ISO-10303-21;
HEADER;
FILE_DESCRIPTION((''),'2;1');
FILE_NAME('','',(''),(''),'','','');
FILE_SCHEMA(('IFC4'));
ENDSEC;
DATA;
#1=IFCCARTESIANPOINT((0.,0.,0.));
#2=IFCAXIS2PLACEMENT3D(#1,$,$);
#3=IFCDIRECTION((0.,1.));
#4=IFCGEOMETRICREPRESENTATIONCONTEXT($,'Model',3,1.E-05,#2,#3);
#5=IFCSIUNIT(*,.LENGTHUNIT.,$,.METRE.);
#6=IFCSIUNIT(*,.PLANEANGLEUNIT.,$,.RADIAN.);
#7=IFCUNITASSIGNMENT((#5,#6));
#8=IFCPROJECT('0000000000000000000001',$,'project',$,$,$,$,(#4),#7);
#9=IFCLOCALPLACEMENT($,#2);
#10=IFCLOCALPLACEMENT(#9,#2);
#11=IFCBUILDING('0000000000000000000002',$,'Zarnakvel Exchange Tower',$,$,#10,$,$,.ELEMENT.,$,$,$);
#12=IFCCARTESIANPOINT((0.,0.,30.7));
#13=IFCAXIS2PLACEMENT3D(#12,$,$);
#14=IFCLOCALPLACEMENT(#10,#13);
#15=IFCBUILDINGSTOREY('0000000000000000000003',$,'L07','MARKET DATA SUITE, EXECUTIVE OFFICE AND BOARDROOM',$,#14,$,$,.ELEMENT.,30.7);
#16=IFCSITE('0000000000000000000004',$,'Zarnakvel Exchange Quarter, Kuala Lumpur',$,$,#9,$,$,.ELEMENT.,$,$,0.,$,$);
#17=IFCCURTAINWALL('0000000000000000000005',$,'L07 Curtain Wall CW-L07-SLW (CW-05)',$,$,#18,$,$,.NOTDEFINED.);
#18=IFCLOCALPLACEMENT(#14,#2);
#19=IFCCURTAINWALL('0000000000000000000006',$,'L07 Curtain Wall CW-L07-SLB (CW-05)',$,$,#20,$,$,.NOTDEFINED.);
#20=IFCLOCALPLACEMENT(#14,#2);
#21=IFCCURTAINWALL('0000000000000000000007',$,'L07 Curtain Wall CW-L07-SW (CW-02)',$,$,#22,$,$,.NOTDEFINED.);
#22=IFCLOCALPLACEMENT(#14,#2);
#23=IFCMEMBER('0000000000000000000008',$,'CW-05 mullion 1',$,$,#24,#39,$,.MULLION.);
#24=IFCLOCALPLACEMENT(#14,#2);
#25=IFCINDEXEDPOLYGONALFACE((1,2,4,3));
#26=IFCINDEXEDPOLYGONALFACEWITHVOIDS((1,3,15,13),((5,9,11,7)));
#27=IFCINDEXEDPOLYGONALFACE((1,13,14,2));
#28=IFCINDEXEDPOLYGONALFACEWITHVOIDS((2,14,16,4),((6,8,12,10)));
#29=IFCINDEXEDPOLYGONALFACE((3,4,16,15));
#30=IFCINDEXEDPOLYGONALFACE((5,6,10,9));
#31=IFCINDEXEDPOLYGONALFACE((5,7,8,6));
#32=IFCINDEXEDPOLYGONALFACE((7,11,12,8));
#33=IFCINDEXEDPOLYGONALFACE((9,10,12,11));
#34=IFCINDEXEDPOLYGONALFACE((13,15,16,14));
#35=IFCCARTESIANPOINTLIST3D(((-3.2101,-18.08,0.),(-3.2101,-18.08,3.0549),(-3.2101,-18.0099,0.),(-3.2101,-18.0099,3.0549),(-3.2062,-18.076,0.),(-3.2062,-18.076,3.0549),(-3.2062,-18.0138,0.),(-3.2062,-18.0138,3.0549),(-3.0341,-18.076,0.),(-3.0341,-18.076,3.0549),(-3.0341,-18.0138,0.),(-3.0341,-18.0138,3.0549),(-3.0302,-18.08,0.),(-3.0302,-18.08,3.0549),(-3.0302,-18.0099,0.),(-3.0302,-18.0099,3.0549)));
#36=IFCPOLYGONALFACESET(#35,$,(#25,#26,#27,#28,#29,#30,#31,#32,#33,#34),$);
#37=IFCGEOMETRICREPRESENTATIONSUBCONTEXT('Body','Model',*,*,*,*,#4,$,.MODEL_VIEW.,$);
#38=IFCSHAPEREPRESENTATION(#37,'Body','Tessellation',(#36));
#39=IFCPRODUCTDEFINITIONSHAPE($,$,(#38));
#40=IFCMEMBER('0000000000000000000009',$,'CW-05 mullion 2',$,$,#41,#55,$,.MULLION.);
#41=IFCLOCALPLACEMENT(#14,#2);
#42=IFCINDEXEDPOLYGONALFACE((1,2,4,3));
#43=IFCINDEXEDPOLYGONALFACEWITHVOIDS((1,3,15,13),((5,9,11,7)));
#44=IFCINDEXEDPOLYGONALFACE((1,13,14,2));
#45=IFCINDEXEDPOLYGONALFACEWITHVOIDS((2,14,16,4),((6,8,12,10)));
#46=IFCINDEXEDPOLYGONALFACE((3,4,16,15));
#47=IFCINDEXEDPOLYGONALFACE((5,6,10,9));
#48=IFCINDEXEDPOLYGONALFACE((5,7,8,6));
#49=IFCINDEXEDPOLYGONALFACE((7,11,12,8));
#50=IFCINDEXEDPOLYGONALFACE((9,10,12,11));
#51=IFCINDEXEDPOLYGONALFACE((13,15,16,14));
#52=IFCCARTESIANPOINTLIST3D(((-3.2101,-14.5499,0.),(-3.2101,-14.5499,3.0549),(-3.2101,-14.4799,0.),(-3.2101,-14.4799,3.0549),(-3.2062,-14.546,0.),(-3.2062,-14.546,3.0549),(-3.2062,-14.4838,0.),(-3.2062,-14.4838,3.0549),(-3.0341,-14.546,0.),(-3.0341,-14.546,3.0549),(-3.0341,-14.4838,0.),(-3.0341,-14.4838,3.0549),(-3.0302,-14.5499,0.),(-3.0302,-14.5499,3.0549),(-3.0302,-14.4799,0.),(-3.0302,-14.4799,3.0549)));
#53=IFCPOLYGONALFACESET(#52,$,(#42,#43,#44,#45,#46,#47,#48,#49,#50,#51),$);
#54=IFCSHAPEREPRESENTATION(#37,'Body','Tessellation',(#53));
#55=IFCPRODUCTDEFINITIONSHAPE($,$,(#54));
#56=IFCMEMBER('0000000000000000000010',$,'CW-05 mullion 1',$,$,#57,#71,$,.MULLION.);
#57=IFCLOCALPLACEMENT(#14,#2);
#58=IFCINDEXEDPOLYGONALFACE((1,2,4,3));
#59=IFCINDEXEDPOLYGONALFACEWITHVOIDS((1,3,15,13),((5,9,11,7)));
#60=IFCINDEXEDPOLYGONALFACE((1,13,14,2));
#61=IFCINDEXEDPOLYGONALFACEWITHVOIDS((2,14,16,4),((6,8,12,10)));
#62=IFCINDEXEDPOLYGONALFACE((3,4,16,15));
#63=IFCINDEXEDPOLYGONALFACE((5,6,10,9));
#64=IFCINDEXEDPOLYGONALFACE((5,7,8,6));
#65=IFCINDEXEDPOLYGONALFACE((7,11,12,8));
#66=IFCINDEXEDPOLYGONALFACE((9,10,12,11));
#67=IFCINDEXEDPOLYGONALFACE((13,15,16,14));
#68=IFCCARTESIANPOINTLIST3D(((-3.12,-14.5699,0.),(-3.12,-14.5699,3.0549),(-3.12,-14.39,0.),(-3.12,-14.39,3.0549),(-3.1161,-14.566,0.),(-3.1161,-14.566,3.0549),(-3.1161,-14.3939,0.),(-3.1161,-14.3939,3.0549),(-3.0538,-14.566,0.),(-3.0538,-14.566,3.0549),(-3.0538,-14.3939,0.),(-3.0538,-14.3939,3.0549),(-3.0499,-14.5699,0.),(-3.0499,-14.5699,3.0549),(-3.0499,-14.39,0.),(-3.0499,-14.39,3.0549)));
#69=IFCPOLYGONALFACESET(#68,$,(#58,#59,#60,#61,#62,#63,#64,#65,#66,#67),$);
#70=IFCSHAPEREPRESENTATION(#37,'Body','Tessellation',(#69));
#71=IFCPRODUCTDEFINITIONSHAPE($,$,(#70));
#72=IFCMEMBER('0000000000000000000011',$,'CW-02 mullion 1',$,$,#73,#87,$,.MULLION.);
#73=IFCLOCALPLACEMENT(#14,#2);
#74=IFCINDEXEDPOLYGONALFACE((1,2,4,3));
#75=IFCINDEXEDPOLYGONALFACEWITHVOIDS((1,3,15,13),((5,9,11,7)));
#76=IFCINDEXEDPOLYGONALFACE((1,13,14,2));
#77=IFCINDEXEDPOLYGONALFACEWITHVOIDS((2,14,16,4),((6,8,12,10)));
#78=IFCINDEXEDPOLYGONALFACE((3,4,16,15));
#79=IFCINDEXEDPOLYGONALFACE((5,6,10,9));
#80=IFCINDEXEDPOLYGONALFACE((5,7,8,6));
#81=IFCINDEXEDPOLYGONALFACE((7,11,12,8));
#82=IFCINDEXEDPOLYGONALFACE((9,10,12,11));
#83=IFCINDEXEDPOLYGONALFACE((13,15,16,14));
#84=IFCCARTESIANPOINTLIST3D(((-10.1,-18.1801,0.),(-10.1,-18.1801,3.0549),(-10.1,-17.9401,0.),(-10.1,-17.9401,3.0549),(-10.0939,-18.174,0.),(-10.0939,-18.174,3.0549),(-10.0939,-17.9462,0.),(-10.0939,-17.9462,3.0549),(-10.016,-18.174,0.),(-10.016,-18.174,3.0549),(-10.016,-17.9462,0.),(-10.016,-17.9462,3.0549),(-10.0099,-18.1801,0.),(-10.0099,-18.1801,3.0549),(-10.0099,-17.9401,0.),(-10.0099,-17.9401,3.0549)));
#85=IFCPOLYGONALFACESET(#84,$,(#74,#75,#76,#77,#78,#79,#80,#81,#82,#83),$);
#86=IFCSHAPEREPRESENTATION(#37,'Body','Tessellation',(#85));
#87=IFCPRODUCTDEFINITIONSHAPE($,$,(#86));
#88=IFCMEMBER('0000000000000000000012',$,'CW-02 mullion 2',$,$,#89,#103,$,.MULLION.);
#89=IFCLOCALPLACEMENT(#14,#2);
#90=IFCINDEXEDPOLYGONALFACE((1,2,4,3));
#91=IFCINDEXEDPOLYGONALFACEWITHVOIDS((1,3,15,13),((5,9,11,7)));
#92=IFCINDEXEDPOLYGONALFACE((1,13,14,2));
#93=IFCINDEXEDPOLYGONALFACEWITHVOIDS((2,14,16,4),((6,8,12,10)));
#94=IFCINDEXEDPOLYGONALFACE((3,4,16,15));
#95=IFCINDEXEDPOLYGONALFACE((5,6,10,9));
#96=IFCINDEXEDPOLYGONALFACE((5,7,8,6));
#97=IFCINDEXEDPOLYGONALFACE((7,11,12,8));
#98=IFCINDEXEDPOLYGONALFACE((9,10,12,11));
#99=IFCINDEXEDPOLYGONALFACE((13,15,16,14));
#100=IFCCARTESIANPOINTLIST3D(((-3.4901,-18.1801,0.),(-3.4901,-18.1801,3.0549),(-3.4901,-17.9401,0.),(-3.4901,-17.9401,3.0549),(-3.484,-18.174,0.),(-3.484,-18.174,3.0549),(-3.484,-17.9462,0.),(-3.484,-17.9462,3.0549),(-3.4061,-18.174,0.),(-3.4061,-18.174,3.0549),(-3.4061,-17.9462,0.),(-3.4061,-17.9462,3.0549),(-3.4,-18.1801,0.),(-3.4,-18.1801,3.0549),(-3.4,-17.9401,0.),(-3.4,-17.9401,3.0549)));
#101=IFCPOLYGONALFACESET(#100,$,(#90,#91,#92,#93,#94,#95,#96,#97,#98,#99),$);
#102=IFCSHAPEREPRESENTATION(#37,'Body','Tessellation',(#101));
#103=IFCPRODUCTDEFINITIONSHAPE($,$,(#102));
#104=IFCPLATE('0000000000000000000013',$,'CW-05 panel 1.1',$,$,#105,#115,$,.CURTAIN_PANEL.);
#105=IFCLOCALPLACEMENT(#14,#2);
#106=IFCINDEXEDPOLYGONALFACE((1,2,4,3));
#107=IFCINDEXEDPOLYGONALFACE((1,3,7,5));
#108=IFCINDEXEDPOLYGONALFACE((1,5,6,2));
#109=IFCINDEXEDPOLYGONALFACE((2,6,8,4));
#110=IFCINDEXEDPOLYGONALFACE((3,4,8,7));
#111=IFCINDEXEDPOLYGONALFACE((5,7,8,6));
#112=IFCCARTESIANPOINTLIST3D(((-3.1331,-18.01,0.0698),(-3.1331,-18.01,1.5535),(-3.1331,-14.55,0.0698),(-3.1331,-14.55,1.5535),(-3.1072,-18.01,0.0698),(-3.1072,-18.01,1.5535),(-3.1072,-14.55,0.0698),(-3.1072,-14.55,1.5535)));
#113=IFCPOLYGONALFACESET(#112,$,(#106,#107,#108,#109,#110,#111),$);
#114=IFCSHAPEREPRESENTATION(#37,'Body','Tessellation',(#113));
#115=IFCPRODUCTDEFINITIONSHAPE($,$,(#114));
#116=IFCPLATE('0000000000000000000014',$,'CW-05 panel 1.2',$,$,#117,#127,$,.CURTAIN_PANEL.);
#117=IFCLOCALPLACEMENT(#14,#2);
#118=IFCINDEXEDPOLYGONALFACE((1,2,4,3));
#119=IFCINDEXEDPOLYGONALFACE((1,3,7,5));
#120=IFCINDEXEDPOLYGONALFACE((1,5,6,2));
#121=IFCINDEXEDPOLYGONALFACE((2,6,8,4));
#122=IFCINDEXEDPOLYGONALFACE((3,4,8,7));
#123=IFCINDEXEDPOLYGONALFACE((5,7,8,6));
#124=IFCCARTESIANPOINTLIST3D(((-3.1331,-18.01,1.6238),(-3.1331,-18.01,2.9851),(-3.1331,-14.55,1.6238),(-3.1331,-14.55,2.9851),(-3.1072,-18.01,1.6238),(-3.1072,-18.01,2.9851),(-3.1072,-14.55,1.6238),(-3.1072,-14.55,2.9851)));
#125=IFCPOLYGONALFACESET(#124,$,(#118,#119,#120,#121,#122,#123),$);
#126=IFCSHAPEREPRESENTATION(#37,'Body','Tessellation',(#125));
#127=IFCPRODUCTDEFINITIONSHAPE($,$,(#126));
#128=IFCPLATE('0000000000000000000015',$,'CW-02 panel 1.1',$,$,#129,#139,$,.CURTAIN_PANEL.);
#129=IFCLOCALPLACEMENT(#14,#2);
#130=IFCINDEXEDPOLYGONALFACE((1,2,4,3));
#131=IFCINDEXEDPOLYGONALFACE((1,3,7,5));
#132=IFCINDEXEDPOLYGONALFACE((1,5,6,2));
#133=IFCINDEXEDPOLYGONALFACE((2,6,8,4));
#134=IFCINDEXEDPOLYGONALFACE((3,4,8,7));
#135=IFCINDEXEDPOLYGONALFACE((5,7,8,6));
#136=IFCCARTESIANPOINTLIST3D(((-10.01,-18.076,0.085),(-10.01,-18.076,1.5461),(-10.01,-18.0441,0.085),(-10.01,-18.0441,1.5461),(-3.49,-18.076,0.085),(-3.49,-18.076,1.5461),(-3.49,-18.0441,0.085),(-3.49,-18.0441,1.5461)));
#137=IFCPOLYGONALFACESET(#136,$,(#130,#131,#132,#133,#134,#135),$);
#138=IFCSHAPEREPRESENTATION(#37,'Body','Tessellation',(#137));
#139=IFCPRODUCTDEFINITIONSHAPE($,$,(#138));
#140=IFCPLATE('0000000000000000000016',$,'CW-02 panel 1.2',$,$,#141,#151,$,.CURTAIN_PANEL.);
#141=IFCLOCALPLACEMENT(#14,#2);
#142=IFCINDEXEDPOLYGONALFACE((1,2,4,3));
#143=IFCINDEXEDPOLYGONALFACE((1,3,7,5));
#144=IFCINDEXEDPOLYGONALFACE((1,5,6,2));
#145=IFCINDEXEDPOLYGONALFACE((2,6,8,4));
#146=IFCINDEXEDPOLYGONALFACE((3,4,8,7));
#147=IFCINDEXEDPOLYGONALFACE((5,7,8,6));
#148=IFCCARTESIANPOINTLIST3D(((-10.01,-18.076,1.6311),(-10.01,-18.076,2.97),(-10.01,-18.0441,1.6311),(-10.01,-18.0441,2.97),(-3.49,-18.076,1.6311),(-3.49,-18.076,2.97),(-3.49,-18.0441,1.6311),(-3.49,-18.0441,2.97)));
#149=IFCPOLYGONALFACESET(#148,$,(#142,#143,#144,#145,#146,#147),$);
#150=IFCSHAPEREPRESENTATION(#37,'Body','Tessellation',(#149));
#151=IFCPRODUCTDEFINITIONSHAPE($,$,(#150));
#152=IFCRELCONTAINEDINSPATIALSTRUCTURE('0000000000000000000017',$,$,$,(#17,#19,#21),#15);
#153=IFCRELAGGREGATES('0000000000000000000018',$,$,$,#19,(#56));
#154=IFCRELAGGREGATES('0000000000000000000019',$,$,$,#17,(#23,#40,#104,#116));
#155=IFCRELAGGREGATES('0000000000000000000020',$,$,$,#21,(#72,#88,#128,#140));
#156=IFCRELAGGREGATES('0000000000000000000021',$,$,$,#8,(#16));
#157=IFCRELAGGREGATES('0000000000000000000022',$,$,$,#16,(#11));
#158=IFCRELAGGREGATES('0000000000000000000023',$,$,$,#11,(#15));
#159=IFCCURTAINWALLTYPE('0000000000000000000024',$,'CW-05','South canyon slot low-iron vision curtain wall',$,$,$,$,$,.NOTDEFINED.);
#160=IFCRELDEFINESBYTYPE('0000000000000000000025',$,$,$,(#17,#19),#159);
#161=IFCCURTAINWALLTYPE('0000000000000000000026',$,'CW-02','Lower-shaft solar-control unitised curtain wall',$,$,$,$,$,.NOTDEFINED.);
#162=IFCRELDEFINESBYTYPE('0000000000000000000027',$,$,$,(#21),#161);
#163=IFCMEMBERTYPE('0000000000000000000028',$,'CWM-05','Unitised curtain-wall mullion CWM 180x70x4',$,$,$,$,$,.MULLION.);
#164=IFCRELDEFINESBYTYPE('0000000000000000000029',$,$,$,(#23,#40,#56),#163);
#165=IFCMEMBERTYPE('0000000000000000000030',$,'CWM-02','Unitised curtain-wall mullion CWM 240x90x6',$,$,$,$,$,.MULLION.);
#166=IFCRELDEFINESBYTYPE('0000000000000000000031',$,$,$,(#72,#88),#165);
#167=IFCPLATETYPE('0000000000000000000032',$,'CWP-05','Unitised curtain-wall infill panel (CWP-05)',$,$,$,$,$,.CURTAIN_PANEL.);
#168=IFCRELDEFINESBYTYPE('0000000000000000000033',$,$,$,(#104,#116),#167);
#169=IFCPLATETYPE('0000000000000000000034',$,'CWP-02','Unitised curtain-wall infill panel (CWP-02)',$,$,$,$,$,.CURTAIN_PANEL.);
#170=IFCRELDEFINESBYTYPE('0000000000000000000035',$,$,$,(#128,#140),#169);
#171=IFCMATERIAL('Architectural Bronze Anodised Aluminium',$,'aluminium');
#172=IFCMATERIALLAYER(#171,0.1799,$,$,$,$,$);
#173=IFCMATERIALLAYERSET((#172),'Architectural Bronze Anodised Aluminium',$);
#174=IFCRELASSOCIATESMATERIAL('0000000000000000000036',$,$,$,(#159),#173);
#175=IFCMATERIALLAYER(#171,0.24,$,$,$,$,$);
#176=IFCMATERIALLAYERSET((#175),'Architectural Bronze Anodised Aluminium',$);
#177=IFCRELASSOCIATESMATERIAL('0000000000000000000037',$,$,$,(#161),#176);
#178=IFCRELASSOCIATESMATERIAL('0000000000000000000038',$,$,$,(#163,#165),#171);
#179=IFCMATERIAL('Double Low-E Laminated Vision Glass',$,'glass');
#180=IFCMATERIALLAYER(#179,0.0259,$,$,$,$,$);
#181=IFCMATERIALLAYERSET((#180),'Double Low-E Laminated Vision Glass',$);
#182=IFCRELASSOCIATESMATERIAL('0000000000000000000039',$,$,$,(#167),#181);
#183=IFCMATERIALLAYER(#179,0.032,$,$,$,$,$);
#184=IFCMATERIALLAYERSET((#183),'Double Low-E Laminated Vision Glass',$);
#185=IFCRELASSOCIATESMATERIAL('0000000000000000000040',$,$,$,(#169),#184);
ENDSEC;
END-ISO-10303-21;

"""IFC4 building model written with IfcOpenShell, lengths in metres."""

from ifc_helpers import new_model, si_unit, direction, frame, origin, origin_2d, place, context, subcontext, project, spatial, rectangle, hollow_rectangle, extrude, source, transform, mapped, material, layer, layer_set, material_profile, profile_set, type_object, element, aggregate, save


model = new_model("IFC4")

# Units and contexts
model_context = context("Model", 3, precision=1e-05, world=origin(), true_north=direction((0.0, 1.0)))
body_context = subcontext(model_context, "Body", "Model", "MODEL_VIEW")
ifc_project = project(units=[si_unit("LENGTHUNIT", "METRE"), si_unit("PLANEANGLEUNIT", "RADIAN")], contexts=[model_context])

# Site, building, storey
site_placement = place(None, origin())
site = spatial("IfcSite", under=ifc_project, at=site_placement, Name="Zarnakvel Exchange Quarter, Kuala Lumpur", CompositionType="ELEMENT", RefElevation=0.0)
building_placement = place(site_placement, origin())
building = spatial("IfcBuilding", under=site, at=building_placement, Name="Zarnakvel Exchange Tower", CompositionType="ELEMENT")
storey_placement = place(building_placement, frame((0.0, 0.0, 30.7)))
storey = spatial("IfcBuildingStorey", under=building, at=storey_placement, Name="L07", Description="MARKET DATA SUITE, EXECUTIVE OFFICE AND BOARDROOM", CompositionType="ELEMENT", Elevation=30.7)

# Curtain wall
ifc_material_1 = material(Name="Architectural Bronze Anodised Aluminium", Category="aluminium")
ifc_layer_1 = layer(ifc_material_1, 0.1799)
ifc_layer_set_1 = layer_set([ifc_layer_1], Name="Architectural Bronze Anodised Aluminium")
curtain_wall_type_1 = type_object("IfcCurtainWallType", Name="CW-05", Description="South canyon slot low-iron vision curtain wall", PredefinedType="NOTDEFINED", material=ifc_layer_set_1)
curtain_wall_1_placement = place(storey_placement, origin())
curtain_wall_1 = element("IfcCurtainWall", 1, at=curtain_wall_1_placement, inside=storey, type_object=curtain_wall_type_1, Name="L07 Curtain Wall CW-L07-SLW (CW-05)", PredefinedType="NOTDEFINED")

# Curtain wall
curtain_wall_2_placement = place(storey_placement, origin())
curtain_wall_2 = element("IfcCurtainWall", 2, at=curtain_wall_2_placement, inside=storey, type_object=curtain_wall_type_1, Name="L07 Curtain Wall CW-L07-SLB (CW-05)", PredefinedType="NOTDEFINED")

# Curtain wall
ifc_layer_2 = layer(ifc_material_1, 0.24)
ifc_layer_set_2 = layer_set([ifc_layer_2], Name="Architectural Bronze Anodised Aluminium")
curtain_wall_type_2 = type_object("IfcCurtainWallType", Name="CW-02", Description="Lower-shaft solar-control unitised curtain wall", PredefinedType="NOTDEFINED", material=ifc_layer_set_2)
curtain_wall_3_placement = place(storey_placement, origin())
curtain_wall_3 = element("IfcCurtainWall", 3, at=curtain_wall_3_placement, inside=storey, type_object=curtain_wall_type_2, Name="L07 Curtain Wall CW-L07-SW (CW-02)", PredefinedType="NOTDEFINED")

# Members
ifc_material_profile_1 = material_profile(ifc_material_1, hollow_rectangle(XDim=0.1799, YDim=0.0701, WallThickness=0.0039, at=origin_2d()))
ifc_profile_set_1 = profile_set([ifc_material_profile_1], Name="Architectural Bronze Anodised Aluminium")
member_type_1 = type_object("IfcMemberType", Name="CWM-05", Description="Unitised curtain-wall mullion CWM 180x70x4", PredefinedType="MULLION", material=ifc_profile_set_1)
shared_shape_1 = source(origin(), body_context, "Body", "SweptSolid", [
    extrude(hollow_rectangle(XDim=0.1799, YDim=0.0701, WallThickness=0.0039, at=origin_2d()), origin(), (0.0, 0.0, 1.0), 3.0549),
])
member_1_placement = place(storey_placement, frame((-3.1201, -18.0449, 0.0), z_axis=(0.0, 0.0, 1.0), x_axis=(-1.0, 0.0, 0.0)))
member_1 = element("IfcMember", 4, at=member_1_placement, type_object=member_type_1, Name="CW-05 mullion 1", PredefinedType="MULLION", context=body_context, shape_type="MappedRepresentation", body=[
    mapped(shared_shape_1, transform((0.0, 0.0, 0.0), x_axis=(1.0, 0.0, 0.0), y_axis=(0.0, 1.0, 0.0), z_axis=(0.0, 0.0, 1.0), scale=1.0)),
])
member_2_placement = place(storey_placement, frame((-3.1201, -14.5149, 0.0), z_axis=(0.0, 0.0, 1.0), x_axis=(-1.0, 0.0, 0.0)))
member_2 = element("IfcMember", 5, at=member_2_placement, type_object=member_type_1, Name="CW-05 mullion 2", PredefinedType="MULLION", context=body_context, shape_type="MappedRepresentation", body=[
    mapped(shared_shape_1, transform((0.0, 0.0, 0.0), x_axis=(1.0, 0.0, 0.0), y_axis=(0.0, 1.0, 0.0), z_axis=(0.0, 0.0, 1.0), scale=1.0)),
])
member_3_placement = place(storey_placement, frame((-3.085, -14.48, 0.0), z_axis=(0.0, 0.0, 1.0), x_axis=(0.0, 1.0, 0.0)))
member_3 = element("IfcMember", 6, at=member_3_placement, type_object=member_type_1, Name="CW-05 mullion 1", PredefinedType="MULLION", context=body_context, shape_type="MappedRepresentation", body=[
    mapped(shared_shape_1, transform((0.0, 0.0, 0.0), x_axis=(1.0, 0.0, 0.0), y_axis=(0.0, 1.0, 0.0), z_axis=(0.0, 0.0, 1.0), scale=1.0)),
])
aggregate(curtain_wall_2, [member_3])
ifc_material_profile_2 = material_profile(ifc_material_1, hollow_rectangle(XDim=0.24, YDim=0.0901, WallThickness=0.0061, at=origin_2d()))
ifc_profile_set_2 = profile_set([ifc_material_profile_2], Name="Architectural Bronze Anodised Aluminium")
member_type_2 = type_object("IfcMemberType", Name="CWM-02", Description="Unitised curtain-wall mullion CWM 240x90x6", PredefinedType="MULLION", material=ifc_profile_set_2)
shared_shape_2 = source(origin(), body_context, "Body", "SweptSolid", [
    extrude(hollow_rectangle(XDim=0.24, YDim=0.0901, WallThickness=0.0061, at=origin_2d()), origin(), (0.0, 0.0, 1.0), 3.0549),
])
member_4_placement = place(storey_placement, frame((-10.0549, -18.0601, 0.0), z_axis=(0.0, 0.0, 1.0), x_axis=(0.0, 1.0, 0.0)))
member_4 = element("IfcMember", 7, at=member_4_placement, type_object=member_type_2, Name="CW-02 mullion 1", PredefinedType="MULLION", context=body_context, shape_type="MappedRepresentation", body=[
    mapped(shared_shape_2, transform((0.0, 0.0, 0.0), x_axis=(1.0, 0.0, 0.0), y_axis=(0.0, 1.0, 0.0), z_axis=(0.0, 0.0, 1.0), scale=1.0)),
])
member_5_placement = place(storey_placement, frame((-3.4451, -18.0601, 0.0), z_axis=(0.0, 0.0, 1.0), x_axis=(0.0, 1.0, 0.0)))
member_5 = element("IfcMember", 8, at=member_5_placement, type_object=member_type_2, Name="CW-02 mullion 2", PredefinedType="MULLION", context=body_context, shape_type="MappedRepresentation", body=[
    mapped(shared_shape_2, transform((0.0, 0.0, 0.0), x_axis=(1.0, 0.0, 0.0), y_axis=(0.0, 1.0, 0.0), z_axis=(0.0, 0.0, 1.0), scale=1.0)),
])

# Plates
ifc_material_2 = material(Name="Double Low-E Laminated Vision Glass", Category="glass")
ifc_layer_3 = layer(ifc_material_2, 0.0259)
ifc_layer_set_3 = layer_set([ifc_layer_3], Name="Double Low-E Laminated Vision Glass")
plate_type_1 = type_object("IfcPlateType", Name="CWP-05", Description="Unitised curtain-wall infill panel (CWP-05)", PredefinedType="CURTAIN_PANEL", material=ifc_layer_set_3)
shared_shape_3 = source(origin(), body_context, "Body", "SweptSolid", [
    extrude(rectangle(XDim=3.46, YDim=0.0259, at=origin_2d()), origin(), (0.0, 0.0, 1.0), 1.4836),
])
plate_1_placement = place(storey_placement, frame((-3.1201, -16.28, 0.0698), z_axis=(0.0, 0.0, 1.0), x_axis=(0.0, 1.0, 0.0)))
plate_1 = element("IfcPlate", 9, at=plate_1_placement, type_object=plate_type_1, Name="CW-05 panel 1.1", PredefinedType="CURTAIN_PANEL", context=body_context, shape_type="MappedRepresentation", body=[
    mapped(shared_shape_3, transform((0.0, 0.0, 0.0), x_axis=(1.0, 0.0, 0.0), y_axis=(0.0, 1.0, 0.0), z_axis=(0.0, 0.0, 1.0), scale=1.0)),
])
shared_shape_4 = source(origin(), body_context, "Body", "SweptSolid", [
    extrude(rectangle(XDim=3.46, YDim=0.0259, at=origin_2d()), origin(), (0.0, 0.0, 1.0), 1.3613),
])
plate_2_placement = place(storey_placement, frame((-3.1201, -16.28, 1.6238), z_axis=(0.0, 0.0, 1.0), x_axis=(0.0, 1.0, 0.0)))
plate_2 = element("IfcPlate", 10, at=plate_2_placement, type_object=plate_type_1, Name="CW-05 panel 1.2", PredefinedType="CURTAIN_PANEL", context=body_context, shape_type="MappedRepresentation", body=[
    mapped(shared_shape_4, transform((0.0, 0.0, 0.0), x_axis=(1.0, 0.0, 0.0), y_axis=(0.0, 1.0, 0.0), z_axis=(0.0, 0.0, 1.0), scale=1.0)),
])
aggregate(curtain_wall_1, [member_1, member_2, plate_1, plate_2])
ifc_layer_4 = layer(ifc_material_2, 0.032)
ifc_layer_set_4 = layer_set([ifc_layer_4], Name="Double Low-E Laminated Vision Glass")
plate_type_2 = type_object("IfcPlateType", Name="CWP-02", Description="Unitised curtain-wall infill panel (CWP-02)", PredefinedType="CURTAIN_PANEL", material=ifc_layer_set_4)
shared_shape_5 = source(origin(), body_context, "Body", "SweptSolid", [
    extrude(rectangle(XDim=6.52, YDim=0.032, at=origin_2d()), origin(), (0.0, 0.0, 1.0), 1.4612),
])
plate_3_placement = place(storey_placement, frame((-6.75, -18.0601, 0.085), z_axis=(0.0, 0.0, 1.0), x_axis=(1.0, 0.0, 0.0)))
plate_3 = element("IfcPlate", 11, at=plate_3_placement, type_object=plate_type_2, Name="CW-02 panel 1.1", PredefinedType="CURTAIN_PANEL", context=body_context, shape_type="MappedRepresentation", body=[
    mapped(shared_shape_5, transform((0.0, 0.0, 0.0), x_axis=(1.0, 0.0, 0.0), y_axis=(0.0, 1.0, 0.0), z_axis=(0.0, 0.0, 1.0), scale=1.0)),
])
shared_shape_6 = source(origin(), body_context, "Body", "SweptSolid", [
    extrude(rectangle(XDim=6.52, YDim=0.032, at=origin_2d()), origin(), (0.0, 0.0, 1.0), 1.3389),
])
plate_4_placement = place(storey_placement, frame((-6.75, -18.0601, 1.6311), z_axis=(0.0, 0.0, 1.0), x_axis=(1.0, 0.0, 0.0)))
plate_4 = element("IfcPlate", 12, at=plate_4_placement, type_object=plate_type_2, Name="CW-02 panel 1.2", PredefinedType="CURTAIN_PANEL", context=body_context, shape_type="MappedRepresentation", body=[
    mapped(shared_shape_6, transform((0.0, 0.0, 0.0), x_axis=(1.0, 0.0, 0.0), y_axis=(0.0, 1.0, 0.0), z_axis=(0.0, 0.0, 1.0), scale=1.0)),
])
aggregate(curtain_wall_3, [member_4, member_5, plate_3, plate_4])

save(model, "model.ifc")
